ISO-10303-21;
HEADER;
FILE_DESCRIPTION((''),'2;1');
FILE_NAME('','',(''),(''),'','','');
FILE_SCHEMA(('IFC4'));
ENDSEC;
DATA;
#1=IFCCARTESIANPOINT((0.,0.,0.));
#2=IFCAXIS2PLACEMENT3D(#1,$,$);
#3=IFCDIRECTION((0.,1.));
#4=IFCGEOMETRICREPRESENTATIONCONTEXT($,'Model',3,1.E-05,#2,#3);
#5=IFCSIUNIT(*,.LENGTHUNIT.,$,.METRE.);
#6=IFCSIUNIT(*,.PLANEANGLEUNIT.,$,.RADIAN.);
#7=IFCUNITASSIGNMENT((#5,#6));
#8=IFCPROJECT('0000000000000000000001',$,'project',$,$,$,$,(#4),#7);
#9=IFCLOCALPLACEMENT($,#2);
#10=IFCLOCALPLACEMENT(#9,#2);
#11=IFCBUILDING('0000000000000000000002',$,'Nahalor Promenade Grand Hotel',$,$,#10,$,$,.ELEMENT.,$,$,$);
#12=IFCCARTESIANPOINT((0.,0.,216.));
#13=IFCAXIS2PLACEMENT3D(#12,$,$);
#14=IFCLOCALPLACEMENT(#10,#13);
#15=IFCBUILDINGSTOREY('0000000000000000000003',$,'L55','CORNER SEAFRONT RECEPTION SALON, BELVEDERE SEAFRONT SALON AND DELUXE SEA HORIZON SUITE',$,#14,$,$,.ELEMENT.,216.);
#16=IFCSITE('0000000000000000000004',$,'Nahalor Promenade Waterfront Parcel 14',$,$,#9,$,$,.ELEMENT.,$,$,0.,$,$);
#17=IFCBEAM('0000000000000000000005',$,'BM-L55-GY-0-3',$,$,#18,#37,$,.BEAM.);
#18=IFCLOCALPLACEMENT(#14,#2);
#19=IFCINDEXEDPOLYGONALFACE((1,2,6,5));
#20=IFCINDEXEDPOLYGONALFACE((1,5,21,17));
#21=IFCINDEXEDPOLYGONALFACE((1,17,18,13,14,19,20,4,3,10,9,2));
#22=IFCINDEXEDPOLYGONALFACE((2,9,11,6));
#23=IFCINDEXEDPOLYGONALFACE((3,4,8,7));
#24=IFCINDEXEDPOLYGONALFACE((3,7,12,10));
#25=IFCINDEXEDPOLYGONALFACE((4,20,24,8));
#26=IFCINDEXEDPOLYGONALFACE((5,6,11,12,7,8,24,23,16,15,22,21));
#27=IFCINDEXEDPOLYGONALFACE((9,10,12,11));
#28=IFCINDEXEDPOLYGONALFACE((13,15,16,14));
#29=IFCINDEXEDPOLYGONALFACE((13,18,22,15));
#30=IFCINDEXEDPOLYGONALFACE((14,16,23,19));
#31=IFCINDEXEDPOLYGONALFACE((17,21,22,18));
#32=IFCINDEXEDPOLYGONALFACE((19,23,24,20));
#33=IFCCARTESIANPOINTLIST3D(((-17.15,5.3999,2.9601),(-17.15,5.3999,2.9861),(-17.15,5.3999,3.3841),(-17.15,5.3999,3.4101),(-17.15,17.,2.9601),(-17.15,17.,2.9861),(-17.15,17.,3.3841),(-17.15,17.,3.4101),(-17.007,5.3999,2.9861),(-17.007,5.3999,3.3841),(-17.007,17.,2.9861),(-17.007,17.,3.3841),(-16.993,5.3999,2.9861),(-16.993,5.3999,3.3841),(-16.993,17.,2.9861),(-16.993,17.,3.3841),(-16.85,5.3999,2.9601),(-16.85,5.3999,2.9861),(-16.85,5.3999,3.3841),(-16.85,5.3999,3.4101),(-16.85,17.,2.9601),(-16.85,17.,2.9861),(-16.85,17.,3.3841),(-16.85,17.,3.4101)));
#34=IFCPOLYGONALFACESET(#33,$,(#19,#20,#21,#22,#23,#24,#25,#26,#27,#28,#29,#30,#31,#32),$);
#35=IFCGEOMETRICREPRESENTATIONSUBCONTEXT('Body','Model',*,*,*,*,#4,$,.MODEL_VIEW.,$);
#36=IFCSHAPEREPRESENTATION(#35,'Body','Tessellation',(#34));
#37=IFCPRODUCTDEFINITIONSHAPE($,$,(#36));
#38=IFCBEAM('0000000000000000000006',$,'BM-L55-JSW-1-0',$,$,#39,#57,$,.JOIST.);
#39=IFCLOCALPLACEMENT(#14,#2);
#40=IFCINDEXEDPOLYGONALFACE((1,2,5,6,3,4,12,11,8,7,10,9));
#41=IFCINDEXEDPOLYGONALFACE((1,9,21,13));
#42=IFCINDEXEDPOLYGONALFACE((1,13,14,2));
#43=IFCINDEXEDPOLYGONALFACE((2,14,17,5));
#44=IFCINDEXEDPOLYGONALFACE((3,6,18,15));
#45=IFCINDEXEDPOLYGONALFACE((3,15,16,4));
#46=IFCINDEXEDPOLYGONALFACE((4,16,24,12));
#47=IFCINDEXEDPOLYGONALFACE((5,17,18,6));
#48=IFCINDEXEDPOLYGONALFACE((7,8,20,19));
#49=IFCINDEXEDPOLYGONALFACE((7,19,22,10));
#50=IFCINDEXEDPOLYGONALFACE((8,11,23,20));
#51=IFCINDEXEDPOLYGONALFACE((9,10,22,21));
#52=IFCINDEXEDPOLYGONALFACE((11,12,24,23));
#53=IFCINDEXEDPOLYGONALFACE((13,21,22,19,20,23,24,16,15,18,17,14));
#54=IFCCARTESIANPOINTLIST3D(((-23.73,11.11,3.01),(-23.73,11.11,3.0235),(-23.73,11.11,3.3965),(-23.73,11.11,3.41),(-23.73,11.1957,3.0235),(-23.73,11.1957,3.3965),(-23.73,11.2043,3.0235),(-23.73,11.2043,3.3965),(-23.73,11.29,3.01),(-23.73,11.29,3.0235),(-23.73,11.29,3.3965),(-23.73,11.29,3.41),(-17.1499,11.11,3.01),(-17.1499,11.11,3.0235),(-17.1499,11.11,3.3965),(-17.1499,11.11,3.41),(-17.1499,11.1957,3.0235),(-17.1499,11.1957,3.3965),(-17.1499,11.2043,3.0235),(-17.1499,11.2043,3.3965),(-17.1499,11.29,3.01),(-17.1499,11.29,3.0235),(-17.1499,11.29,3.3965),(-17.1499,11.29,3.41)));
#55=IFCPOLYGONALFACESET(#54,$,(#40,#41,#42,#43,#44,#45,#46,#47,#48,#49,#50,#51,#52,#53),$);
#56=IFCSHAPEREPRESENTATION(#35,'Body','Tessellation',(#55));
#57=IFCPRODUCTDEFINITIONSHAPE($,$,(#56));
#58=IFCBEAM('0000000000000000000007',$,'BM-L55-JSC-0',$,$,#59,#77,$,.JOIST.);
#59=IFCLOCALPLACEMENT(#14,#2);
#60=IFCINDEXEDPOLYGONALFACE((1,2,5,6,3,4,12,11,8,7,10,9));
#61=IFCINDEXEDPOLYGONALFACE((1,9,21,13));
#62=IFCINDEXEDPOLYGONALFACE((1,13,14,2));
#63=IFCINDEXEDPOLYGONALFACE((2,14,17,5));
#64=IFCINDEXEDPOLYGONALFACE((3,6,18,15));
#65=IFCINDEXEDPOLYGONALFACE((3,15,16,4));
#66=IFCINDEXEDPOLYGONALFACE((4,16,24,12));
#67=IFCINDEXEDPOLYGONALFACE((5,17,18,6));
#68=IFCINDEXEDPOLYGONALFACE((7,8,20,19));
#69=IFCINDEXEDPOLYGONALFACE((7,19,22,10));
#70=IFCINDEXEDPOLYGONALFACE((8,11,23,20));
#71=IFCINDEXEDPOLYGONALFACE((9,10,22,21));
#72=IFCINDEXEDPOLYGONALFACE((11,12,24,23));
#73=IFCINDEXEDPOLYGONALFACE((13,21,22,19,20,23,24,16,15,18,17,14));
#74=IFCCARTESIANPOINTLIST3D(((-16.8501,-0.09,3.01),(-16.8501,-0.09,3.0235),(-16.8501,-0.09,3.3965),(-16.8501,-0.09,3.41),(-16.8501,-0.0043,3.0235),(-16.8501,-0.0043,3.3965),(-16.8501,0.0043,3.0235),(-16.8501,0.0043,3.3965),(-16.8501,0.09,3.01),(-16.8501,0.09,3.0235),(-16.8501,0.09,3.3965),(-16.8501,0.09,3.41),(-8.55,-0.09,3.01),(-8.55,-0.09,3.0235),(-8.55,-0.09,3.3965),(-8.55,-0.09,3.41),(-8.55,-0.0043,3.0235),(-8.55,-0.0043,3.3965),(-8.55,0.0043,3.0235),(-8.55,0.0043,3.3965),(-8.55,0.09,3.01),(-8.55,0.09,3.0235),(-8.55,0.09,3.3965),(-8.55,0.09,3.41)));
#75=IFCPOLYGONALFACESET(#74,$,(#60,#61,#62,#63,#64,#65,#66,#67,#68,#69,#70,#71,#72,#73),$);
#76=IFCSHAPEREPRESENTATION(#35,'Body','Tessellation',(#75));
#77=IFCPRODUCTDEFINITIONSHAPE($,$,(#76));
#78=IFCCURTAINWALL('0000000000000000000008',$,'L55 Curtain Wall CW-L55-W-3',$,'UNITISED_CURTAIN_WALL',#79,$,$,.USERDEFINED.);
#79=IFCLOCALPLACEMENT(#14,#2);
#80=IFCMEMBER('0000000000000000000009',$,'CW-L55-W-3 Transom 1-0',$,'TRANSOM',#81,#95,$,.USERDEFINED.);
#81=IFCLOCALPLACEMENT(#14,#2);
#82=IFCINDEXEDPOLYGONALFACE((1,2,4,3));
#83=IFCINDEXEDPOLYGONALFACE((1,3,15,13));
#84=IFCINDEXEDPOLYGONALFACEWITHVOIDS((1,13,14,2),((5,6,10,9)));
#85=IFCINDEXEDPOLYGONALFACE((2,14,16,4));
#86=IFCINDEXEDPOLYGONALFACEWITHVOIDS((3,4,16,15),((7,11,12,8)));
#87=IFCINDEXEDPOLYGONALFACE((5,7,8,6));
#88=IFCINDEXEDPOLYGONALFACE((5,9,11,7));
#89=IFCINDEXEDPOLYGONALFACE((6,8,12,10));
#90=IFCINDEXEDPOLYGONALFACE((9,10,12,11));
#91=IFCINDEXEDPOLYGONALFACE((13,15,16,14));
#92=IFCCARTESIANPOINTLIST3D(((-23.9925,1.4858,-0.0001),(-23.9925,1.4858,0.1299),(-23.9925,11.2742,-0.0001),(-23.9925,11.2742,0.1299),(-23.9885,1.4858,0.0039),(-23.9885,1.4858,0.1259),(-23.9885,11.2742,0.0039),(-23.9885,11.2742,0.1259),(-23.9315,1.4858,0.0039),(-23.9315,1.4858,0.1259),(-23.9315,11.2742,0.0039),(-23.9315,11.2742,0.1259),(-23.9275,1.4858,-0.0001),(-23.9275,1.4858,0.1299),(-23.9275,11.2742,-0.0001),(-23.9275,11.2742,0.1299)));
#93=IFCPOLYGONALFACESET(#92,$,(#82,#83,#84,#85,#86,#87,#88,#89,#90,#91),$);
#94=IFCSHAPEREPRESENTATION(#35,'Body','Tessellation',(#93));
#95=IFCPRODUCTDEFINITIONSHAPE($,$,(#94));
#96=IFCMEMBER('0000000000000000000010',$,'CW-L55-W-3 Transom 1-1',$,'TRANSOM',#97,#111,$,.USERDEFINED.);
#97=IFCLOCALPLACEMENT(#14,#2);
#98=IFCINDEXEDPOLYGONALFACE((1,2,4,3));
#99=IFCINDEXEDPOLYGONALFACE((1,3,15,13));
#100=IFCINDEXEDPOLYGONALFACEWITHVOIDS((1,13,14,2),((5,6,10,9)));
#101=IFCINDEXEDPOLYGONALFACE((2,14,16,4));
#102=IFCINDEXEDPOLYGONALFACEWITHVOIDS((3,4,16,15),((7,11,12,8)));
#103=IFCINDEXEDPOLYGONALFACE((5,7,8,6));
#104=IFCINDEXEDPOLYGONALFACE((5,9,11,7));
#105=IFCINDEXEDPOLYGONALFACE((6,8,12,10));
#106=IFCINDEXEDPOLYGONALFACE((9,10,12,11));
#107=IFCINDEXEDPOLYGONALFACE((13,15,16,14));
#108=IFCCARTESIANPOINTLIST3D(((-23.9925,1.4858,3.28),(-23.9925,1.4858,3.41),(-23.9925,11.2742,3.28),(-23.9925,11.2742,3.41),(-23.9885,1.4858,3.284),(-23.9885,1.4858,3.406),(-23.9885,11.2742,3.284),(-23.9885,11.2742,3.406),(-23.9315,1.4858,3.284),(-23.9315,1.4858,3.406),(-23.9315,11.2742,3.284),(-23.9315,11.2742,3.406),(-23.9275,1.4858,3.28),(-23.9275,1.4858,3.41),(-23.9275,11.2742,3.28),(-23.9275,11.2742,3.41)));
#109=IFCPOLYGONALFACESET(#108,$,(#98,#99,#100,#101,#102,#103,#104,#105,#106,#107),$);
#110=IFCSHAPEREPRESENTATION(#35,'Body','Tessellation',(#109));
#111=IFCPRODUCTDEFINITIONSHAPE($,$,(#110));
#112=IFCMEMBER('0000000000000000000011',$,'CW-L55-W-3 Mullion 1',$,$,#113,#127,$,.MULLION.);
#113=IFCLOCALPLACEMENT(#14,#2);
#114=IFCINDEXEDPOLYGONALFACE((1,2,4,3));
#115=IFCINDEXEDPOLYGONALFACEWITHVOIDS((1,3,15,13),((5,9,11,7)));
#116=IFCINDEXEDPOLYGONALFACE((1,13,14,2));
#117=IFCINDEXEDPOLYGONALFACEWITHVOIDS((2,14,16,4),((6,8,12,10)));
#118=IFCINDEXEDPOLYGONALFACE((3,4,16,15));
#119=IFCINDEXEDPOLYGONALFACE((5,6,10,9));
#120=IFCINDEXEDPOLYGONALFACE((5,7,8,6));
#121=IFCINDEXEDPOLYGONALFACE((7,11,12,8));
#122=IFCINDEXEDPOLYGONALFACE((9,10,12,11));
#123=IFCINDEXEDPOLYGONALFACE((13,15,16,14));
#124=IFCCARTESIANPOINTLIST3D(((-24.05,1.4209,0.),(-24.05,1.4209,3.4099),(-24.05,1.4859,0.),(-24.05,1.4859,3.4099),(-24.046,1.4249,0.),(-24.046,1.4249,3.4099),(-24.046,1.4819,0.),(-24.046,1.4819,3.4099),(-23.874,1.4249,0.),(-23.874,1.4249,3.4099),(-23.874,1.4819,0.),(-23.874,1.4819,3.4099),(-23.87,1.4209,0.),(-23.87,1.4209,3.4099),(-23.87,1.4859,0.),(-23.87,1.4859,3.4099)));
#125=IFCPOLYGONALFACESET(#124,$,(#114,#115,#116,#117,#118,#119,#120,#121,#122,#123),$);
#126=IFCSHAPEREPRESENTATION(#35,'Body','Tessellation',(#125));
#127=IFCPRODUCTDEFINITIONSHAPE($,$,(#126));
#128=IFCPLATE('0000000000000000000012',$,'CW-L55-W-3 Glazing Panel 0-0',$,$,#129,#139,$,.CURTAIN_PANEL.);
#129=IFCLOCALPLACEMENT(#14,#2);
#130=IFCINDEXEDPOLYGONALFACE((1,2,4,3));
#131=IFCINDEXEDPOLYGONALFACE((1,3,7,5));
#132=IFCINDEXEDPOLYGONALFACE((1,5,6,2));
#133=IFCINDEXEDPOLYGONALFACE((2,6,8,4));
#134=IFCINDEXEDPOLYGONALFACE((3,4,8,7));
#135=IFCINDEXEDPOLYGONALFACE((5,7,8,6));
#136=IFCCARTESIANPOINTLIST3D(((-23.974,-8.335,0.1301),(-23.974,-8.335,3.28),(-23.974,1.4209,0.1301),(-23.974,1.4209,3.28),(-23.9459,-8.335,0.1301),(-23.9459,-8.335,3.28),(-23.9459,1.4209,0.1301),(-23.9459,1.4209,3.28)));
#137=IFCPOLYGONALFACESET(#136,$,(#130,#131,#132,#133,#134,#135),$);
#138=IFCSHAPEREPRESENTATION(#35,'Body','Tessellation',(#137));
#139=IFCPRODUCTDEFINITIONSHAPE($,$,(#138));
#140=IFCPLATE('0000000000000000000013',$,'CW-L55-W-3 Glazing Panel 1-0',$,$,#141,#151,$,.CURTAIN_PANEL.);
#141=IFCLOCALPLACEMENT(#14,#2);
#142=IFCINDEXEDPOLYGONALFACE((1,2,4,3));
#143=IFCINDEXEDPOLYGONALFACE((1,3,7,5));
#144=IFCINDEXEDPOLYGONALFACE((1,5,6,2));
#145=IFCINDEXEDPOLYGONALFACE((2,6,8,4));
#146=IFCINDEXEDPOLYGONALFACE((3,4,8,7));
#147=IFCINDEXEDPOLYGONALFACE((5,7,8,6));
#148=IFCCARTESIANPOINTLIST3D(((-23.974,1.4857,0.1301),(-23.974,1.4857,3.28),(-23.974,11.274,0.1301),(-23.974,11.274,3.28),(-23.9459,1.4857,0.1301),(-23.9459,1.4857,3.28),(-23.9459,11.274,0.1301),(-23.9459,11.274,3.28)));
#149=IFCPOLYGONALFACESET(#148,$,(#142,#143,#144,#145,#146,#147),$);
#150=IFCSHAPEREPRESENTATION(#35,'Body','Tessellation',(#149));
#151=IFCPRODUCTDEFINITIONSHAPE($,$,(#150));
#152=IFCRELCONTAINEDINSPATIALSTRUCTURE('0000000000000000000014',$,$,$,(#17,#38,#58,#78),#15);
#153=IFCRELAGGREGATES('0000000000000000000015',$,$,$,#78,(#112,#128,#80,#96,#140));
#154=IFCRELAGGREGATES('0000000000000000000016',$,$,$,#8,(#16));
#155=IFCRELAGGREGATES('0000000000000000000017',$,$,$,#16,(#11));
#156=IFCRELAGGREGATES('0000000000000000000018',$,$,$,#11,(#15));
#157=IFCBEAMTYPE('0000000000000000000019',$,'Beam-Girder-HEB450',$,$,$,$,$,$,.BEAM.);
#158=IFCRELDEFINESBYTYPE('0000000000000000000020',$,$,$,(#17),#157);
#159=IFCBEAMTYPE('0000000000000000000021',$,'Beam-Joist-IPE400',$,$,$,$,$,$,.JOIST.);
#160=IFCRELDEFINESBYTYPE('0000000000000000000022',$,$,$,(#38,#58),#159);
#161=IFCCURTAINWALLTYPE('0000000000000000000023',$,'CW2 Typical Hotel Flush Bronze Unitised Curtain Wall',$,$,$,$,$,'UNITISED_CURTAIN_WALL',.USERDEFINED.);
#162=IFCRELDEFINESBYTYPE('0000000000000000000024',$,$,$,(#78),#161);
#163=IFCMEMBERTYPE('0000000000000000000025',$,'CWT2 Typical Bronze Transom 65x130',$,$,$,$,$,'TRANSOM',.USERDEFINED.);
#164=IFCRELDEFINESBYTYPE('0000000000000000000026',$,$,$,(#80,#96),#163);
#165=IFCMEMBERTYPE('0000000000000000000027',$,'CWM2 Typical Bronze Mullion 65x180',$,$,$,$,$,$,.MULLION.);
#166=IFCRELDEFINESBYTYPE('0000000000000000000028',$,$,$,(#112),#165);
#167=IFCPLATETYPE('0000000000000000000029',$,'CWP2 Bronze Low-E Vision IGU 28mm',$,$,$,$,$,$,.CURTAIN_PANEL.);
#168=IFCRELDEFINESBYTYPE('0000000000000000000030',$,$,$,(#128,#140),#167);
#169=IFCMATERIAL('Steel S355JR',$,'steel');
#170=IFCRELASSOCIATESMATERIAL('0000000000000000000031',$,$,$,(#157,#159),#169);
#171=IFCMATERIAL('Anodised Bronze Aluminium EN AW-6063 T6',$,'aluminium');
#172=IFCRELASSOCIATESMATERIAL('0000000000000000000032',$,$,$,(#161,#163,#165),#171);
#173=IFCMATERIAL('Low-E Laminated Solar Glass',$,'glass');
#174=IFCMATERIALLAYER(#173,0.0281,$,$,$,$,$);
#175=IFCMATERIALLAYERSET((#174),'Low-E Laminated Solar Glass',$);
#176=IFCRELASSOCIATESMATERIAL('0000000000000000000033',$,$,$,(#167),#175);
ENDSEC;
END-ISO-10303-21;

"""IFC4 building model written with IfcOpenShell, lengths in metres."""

from ifc_helpers import new_model, si_unit, direction, frame, origin, origin_2d, place, context, subcontext, project, spatial, rectangle, hollow_rectangle, i_section, extrude, source, transform, mapped, material, layer, layer_set, material_profile, profile_set, type_object, element, aggregate, save


model = new_model("IFC4")

# Units and contexts
model_context = context("Model", 3, precision=1e-05, world=origin(), true_north=direction((0.0, 1.0)))
body_context = subcontext(model_context, "Body", "Model", "MODEL_VIEW")
ifc_project = project(units=[si_unit("LENGTHUNIT", "METRE"), si_unit("PLANEANGLEUNIT", "RADIAN")], contexts=[model_context])

# Site, building, storey
site_placement = place(None, origin())
site = spatial("IfcSite", under=ifc_project, at=site_placement, Name="Nahalor Promenade Waterfront Parcel 14", CompositionType="ELEMENT", RefElevation=0.0)
building_placement = place(site_placement, origin())
building = spatial("IfcBuilding", under=site, at=building_placement, Name="Nahalor Promenade Grand Hotel", CompositionType="ELEMENT")
storey_placement = place(building_placement, frame((0.0, 0.0, 216.0)))
storey = spatial("IfcBuildingStorey", under=building, at=storey_placement, Name="L55", Description="CORNER SEAFRONT RECEPTION SALON, BELVEDERE SEAFRONT SALON AND DELUXE SEA HORIZON SUITE", CompositionType="ELEMENT", Elevation=216.0)

# Shared definitions
ifc_material_1 = material(Name="Steel S355JR", Category="steel")

# Beams
ifc_material_profile_1 = material_profile(ifc_material_1, i_section(OverallWidth=0.3, OverallDepth=0.45, WebThickness=0.014, FlangeThickness=0.026, at=origin_2d()), Name="HEB 450")
ifc_profile_set_1 = profile_set([ifc_material_profile_1], Name="Steel S355JR")
beam_type_1 = type_object("IfcBeamType", Name="Beam-Girder-HEB450", PredefinedType="BEAM", material=ifc_profile_set_1)
shared_shape_1 = source(origin(), body_context, "Body", "SweptSolid", [
    extrude(i_section(OverallWidth=0.3, OverallDepth=0.45, WebThickness=0.014, FlangeThickness=0.026, at=origin_2d()), origin(), (0.0, 0.0, 1.0), 11.6001),
])
beam_1_placement = place(storey_placement, frame((-17.0, 5.3999, 3.1851), z_axis=(0.0, 1.0, 0.0), x_axis=(-1.0, 0.0, 0.0)))
element("IfcBeam", 1, at=beam_1_placement, inside=storey, type_object=beam_type_1, Name="BM-L55-GY-0-3", PredefinedType="BEAM", context=body_context, shape_type="MappedRepresentation", body=[
    mapped(shared_shape_1, transform((0.0, 0.0, 0.0), scale=1.0)),
])
ifc_material_profile_2 = material_profile(ifc_material_1, i_section(OverallWidth=0.18, OverallDepth=0.4, WebThickness=0.0086, FlangeThickness=0.0135, at=origin_2d()), Name="IPE 400")
ifc_profile_set_2 = profile_set([ifc_material_profile_2], Name="Steel S355JR")
beam_type_2 = type_object("IfcBeamType", Name="Beam-Joist-IPE400", PredefinedType="JOIST", material=ifc_profile_set_2)
shared_shape_2 = source(origin(), body_context, "Body", "SweptSolid", [
    extrude(i_section(OverallWidth=0.18, OverallDepth=0.4, WebThickness=0.0086, FlangeThickness=0.0135, at=origin_2d()), origin(), (0.0, 0.0, 1.0), 6.5801),
])
beam_2_placement = place(storey_placement, frame((-23.73, 11.2, 3.21), z_axis=(1.0, 0.0, 0.0), x_axis=(0.0, 1.0, 0.0)))
element("IfcBeam", 2, at=beam_2_placement, inside=storey, type_object=beam_type_2, Name="BM-L55-JSW-1-0", PredefinedType="JOIST", context=body_context, shape_type="MappedRepresentation", body=[
    mapped(shared_shape_2, transform((0.0, 0.0, 0.0), scale=1.0)),
])
shared_shape_3 = source(origin(), body_context, "Body", "SweptSolid", [
    extrude(i_section(OverallWidth=0.18, OverallDepth=0.4, WebThickness=0.0086, FlangeThickness=0.0135, at=origin_2d()), origin(), (0.0, 0.0, 1.0), 8.3),
])
beam_3_placement = place(storey_placement, frame((-16.8501, 0.0, 3.21), z_axis=(1.0, 0.0, 0.0), x_axis=(0.0, 1.0, 0.0)))
element("IfcBeam", 3, at=beam_3_placement, inside=storey, type_object=beam_type_2, Name="BM-L55-JSC-0", PredefinedType="JOIST", context=body_context, shape_type="MappedRepresentation", body=[
    mapped(shared_shape_3, transform((0.0, 0.0, 0.0), scale=1.0)),
])

# Curtain wall, members, plates
ifc_material_2 = material(Name="Anodised Bronze Aluminium EN AW-6063 T6", Category="aluminium")
curtain_wall_type = type_object("IfcCurtainWallType", Name="CW2 Typical Hotel Flush Bronze Unitised Curtain Wall", ElementType="UNITISED_CURTAIN_WALL", PredefinedType="USERDEFINED", material=ifc_material_2)
curtain_wall_placement = place(storey_placement, origin())
curtain_wall = element("IfcCurtainWall", 4, at=curtain_wall_placement, inside=storey, type_object=curtain_wall_type, Name="L55 Curtain Wall CW-L55-W-3", ObjectType="UNITISED_CURTAIN_WALL", PredefinedType="USERDEFINED")
ifc_material_profile_3 = material_profile(ifc_material_2, hollow_rectangle(XDim=0.065, YDim=0.13, WallThickness=0.004, at=origin_2d()), Name="CWT 65x130x4")
ifc_profile_set_3 = profile_set([ifc_material_profile_3], Name="Anodised Bronze Aluminium EN AW-6063 T6")
member_type_1 = type_object("IfcMemberType", Name="CWT2 Typical Bronze Transom 65x130", ElementType="TRANSOM", PredefinedType="USERDEFINED", material=ifc_profile_set_3)
shared_shape_4 = source(origin(), body_context, "Body", "SweptSolid", [
    extrude(hollow_rectangle(XDim=0.065, YDim=0.13, WallThickness=0.004, at=origin_2d()), origin(), (0.0, 0.0, 1.0), 9.7883),
])
member_1_placement = place(storey_placement, frame((-23.96, 1.4858, 0.0649), z_axis=(0.0, 1.0, 0.0), x_axis=(-1.0, 0.0, 0.0)))
member_1 = element("IfcMember", 5, at=member_1_placement, type_object=member_type_1, Name="CW-L55-W-3 Transom 1-0", ObjectType="TRANSOM", PredefinedType="USERDEFINED", context=body_context, shape_type="MappedRepresentation", body=[
    mapped(shared_shape_4, transform((0.0, 0.0, 0.0), scale=1.0)),
])
member_2_placement = place(storey_placement, frame((-23.96, 1.4858, 3.345), z_axis=(0.0, 1.0, 0.0), x_axis=(-1.0, 0.0, 0.0)))
member_2 = element("IfcMember", 6, at=member_2_placement, type_object=member_type_1, Name="CW-L55-W-3 Transom 1-1", ObjectType="TRANSOM", PredefinedType="USERDEFINED", context=body_context, shape_type="MappedRepresentation", body=[
    mapped(shared_shape_4, transform((0.0, 0.0, 0.0), scale=1.0)),
])
ifc_material_profile_4 = material_profile(ifc_material_2, hollow_rectangle(XDim=0.065, YDim=0.18, WallThickness=0.004, at=origin_2d()), Name="CWM 65x180x4")
ifc_profile_set_4 = profile_set([ifc_material_profile_4], Name="Anodised Bronze Aluminium EN AW-6063 T6")
member_type_2 = type_object("IfcMemberType", Name="CWM2 Typical Bronze Mullion 65x180", PredefinedType="MULLION", material=ifc_profile_set_4)
shared_shape_5 = source(origin(), body_context, "Body", "SweptSolid", [
    extrude(hollow_rectangle(XDim=0.065, YDim=0.18, WallThickness=0.004, at=origin_2d()), origin(), (0.0, 0.0, 1.0), 3.4099),
])
member_3_placement = place(storey_placement, frame((-23.96, 1.4534, 0.0), z_axis=(0.0, 0.0, 1.0), x_axis=(0.0, 1.0, 0.0)))
member_3 = element("IfcMember", 7, at=member_3_placement, type_object=member_type_2, Name="CW-L55-W-3 Mullion 1", PredefinedType="MULLION", context=body_context, shape_type="MappedRepresentation", body=[
    mapped(shared_shape_5, transform((0.0, 0.0, 0.0), scale=1.0)),
])
ifc_material_3 = material(Name="Low-E Laminated Solar Glass", Category="glass")
ifc_layer_1 = layer(ifc_material_3, 0.0281)
ifc_layer_set_1 = layer_set([ifc_layer_1], Name="Low-E Laminated Solar Glass")
plate_type = type_object("IfcPlateType", Name="CWP2 Bronze Low-E Vision IGU 28mm", PredefinedType="CURTAIN_PANEL", material=ifc_layer_set_1)
shared_shape_6 = source(origin(), body_context, "Body", "SweptSolid", [
    extrude(rectangle(XDim=9.7559, YDim=0.0281, at=origin_2d()), origin(), (0.0, 0.0, 1.0), 3.1499),
])
plate_1_placement = place(storey_placement, frame((-23.96, -3.457, 0.1301), z_axis=(0.0, 0.0, 1.0), x_axis=(0.0, 1.0, 0.0)))
plate_1 = element("IfcPlate", 8, at=plate_1_placement, type_object=plate_type, Name="CW-L55-W-3 Glazing Panel 0-0", PredefinedType="CURTAIN_PANEL", context=body_context, shape_type="MappedRepresentation", body=[
    mapped(shared_shape_6, transform((0.0, 0.0, 0.0), scale=1.0)),
])
shared_shape_7 = source(origin(), body_context, "Body", "SweptSolid", [
    extrude(rectangle(XDim=9.7883, YDim=0.0281, at=origin_2d()), origin(), (0.0, 0.0, 1.0), 3.1499),
])
plate_2_placement = place(storey_placement, frame((-23.96, 6.3799, 0.1301), z_axis=(0.0, 0.0, 1.0), x_axis=(0.0, 1.0, 0.0)))
plate_2 = element("IfcPlate", 9, at=plate_2_placement, type_object=plate_type, Name="CW-L55-W-3 Glazing Panel 1-0", PredefinedType="CURTAIN_PANEL", context=body_context, shape_type="MappedRepresentation", body=[
    mapped(shared_shape_7, transform((0.0, 0.0, 0.0), scale=1.0)),
])
aggregate(curtain_wall, [member_3, plate_1, member_1, member_2, plate_2])

save(model, "model.ifc")
